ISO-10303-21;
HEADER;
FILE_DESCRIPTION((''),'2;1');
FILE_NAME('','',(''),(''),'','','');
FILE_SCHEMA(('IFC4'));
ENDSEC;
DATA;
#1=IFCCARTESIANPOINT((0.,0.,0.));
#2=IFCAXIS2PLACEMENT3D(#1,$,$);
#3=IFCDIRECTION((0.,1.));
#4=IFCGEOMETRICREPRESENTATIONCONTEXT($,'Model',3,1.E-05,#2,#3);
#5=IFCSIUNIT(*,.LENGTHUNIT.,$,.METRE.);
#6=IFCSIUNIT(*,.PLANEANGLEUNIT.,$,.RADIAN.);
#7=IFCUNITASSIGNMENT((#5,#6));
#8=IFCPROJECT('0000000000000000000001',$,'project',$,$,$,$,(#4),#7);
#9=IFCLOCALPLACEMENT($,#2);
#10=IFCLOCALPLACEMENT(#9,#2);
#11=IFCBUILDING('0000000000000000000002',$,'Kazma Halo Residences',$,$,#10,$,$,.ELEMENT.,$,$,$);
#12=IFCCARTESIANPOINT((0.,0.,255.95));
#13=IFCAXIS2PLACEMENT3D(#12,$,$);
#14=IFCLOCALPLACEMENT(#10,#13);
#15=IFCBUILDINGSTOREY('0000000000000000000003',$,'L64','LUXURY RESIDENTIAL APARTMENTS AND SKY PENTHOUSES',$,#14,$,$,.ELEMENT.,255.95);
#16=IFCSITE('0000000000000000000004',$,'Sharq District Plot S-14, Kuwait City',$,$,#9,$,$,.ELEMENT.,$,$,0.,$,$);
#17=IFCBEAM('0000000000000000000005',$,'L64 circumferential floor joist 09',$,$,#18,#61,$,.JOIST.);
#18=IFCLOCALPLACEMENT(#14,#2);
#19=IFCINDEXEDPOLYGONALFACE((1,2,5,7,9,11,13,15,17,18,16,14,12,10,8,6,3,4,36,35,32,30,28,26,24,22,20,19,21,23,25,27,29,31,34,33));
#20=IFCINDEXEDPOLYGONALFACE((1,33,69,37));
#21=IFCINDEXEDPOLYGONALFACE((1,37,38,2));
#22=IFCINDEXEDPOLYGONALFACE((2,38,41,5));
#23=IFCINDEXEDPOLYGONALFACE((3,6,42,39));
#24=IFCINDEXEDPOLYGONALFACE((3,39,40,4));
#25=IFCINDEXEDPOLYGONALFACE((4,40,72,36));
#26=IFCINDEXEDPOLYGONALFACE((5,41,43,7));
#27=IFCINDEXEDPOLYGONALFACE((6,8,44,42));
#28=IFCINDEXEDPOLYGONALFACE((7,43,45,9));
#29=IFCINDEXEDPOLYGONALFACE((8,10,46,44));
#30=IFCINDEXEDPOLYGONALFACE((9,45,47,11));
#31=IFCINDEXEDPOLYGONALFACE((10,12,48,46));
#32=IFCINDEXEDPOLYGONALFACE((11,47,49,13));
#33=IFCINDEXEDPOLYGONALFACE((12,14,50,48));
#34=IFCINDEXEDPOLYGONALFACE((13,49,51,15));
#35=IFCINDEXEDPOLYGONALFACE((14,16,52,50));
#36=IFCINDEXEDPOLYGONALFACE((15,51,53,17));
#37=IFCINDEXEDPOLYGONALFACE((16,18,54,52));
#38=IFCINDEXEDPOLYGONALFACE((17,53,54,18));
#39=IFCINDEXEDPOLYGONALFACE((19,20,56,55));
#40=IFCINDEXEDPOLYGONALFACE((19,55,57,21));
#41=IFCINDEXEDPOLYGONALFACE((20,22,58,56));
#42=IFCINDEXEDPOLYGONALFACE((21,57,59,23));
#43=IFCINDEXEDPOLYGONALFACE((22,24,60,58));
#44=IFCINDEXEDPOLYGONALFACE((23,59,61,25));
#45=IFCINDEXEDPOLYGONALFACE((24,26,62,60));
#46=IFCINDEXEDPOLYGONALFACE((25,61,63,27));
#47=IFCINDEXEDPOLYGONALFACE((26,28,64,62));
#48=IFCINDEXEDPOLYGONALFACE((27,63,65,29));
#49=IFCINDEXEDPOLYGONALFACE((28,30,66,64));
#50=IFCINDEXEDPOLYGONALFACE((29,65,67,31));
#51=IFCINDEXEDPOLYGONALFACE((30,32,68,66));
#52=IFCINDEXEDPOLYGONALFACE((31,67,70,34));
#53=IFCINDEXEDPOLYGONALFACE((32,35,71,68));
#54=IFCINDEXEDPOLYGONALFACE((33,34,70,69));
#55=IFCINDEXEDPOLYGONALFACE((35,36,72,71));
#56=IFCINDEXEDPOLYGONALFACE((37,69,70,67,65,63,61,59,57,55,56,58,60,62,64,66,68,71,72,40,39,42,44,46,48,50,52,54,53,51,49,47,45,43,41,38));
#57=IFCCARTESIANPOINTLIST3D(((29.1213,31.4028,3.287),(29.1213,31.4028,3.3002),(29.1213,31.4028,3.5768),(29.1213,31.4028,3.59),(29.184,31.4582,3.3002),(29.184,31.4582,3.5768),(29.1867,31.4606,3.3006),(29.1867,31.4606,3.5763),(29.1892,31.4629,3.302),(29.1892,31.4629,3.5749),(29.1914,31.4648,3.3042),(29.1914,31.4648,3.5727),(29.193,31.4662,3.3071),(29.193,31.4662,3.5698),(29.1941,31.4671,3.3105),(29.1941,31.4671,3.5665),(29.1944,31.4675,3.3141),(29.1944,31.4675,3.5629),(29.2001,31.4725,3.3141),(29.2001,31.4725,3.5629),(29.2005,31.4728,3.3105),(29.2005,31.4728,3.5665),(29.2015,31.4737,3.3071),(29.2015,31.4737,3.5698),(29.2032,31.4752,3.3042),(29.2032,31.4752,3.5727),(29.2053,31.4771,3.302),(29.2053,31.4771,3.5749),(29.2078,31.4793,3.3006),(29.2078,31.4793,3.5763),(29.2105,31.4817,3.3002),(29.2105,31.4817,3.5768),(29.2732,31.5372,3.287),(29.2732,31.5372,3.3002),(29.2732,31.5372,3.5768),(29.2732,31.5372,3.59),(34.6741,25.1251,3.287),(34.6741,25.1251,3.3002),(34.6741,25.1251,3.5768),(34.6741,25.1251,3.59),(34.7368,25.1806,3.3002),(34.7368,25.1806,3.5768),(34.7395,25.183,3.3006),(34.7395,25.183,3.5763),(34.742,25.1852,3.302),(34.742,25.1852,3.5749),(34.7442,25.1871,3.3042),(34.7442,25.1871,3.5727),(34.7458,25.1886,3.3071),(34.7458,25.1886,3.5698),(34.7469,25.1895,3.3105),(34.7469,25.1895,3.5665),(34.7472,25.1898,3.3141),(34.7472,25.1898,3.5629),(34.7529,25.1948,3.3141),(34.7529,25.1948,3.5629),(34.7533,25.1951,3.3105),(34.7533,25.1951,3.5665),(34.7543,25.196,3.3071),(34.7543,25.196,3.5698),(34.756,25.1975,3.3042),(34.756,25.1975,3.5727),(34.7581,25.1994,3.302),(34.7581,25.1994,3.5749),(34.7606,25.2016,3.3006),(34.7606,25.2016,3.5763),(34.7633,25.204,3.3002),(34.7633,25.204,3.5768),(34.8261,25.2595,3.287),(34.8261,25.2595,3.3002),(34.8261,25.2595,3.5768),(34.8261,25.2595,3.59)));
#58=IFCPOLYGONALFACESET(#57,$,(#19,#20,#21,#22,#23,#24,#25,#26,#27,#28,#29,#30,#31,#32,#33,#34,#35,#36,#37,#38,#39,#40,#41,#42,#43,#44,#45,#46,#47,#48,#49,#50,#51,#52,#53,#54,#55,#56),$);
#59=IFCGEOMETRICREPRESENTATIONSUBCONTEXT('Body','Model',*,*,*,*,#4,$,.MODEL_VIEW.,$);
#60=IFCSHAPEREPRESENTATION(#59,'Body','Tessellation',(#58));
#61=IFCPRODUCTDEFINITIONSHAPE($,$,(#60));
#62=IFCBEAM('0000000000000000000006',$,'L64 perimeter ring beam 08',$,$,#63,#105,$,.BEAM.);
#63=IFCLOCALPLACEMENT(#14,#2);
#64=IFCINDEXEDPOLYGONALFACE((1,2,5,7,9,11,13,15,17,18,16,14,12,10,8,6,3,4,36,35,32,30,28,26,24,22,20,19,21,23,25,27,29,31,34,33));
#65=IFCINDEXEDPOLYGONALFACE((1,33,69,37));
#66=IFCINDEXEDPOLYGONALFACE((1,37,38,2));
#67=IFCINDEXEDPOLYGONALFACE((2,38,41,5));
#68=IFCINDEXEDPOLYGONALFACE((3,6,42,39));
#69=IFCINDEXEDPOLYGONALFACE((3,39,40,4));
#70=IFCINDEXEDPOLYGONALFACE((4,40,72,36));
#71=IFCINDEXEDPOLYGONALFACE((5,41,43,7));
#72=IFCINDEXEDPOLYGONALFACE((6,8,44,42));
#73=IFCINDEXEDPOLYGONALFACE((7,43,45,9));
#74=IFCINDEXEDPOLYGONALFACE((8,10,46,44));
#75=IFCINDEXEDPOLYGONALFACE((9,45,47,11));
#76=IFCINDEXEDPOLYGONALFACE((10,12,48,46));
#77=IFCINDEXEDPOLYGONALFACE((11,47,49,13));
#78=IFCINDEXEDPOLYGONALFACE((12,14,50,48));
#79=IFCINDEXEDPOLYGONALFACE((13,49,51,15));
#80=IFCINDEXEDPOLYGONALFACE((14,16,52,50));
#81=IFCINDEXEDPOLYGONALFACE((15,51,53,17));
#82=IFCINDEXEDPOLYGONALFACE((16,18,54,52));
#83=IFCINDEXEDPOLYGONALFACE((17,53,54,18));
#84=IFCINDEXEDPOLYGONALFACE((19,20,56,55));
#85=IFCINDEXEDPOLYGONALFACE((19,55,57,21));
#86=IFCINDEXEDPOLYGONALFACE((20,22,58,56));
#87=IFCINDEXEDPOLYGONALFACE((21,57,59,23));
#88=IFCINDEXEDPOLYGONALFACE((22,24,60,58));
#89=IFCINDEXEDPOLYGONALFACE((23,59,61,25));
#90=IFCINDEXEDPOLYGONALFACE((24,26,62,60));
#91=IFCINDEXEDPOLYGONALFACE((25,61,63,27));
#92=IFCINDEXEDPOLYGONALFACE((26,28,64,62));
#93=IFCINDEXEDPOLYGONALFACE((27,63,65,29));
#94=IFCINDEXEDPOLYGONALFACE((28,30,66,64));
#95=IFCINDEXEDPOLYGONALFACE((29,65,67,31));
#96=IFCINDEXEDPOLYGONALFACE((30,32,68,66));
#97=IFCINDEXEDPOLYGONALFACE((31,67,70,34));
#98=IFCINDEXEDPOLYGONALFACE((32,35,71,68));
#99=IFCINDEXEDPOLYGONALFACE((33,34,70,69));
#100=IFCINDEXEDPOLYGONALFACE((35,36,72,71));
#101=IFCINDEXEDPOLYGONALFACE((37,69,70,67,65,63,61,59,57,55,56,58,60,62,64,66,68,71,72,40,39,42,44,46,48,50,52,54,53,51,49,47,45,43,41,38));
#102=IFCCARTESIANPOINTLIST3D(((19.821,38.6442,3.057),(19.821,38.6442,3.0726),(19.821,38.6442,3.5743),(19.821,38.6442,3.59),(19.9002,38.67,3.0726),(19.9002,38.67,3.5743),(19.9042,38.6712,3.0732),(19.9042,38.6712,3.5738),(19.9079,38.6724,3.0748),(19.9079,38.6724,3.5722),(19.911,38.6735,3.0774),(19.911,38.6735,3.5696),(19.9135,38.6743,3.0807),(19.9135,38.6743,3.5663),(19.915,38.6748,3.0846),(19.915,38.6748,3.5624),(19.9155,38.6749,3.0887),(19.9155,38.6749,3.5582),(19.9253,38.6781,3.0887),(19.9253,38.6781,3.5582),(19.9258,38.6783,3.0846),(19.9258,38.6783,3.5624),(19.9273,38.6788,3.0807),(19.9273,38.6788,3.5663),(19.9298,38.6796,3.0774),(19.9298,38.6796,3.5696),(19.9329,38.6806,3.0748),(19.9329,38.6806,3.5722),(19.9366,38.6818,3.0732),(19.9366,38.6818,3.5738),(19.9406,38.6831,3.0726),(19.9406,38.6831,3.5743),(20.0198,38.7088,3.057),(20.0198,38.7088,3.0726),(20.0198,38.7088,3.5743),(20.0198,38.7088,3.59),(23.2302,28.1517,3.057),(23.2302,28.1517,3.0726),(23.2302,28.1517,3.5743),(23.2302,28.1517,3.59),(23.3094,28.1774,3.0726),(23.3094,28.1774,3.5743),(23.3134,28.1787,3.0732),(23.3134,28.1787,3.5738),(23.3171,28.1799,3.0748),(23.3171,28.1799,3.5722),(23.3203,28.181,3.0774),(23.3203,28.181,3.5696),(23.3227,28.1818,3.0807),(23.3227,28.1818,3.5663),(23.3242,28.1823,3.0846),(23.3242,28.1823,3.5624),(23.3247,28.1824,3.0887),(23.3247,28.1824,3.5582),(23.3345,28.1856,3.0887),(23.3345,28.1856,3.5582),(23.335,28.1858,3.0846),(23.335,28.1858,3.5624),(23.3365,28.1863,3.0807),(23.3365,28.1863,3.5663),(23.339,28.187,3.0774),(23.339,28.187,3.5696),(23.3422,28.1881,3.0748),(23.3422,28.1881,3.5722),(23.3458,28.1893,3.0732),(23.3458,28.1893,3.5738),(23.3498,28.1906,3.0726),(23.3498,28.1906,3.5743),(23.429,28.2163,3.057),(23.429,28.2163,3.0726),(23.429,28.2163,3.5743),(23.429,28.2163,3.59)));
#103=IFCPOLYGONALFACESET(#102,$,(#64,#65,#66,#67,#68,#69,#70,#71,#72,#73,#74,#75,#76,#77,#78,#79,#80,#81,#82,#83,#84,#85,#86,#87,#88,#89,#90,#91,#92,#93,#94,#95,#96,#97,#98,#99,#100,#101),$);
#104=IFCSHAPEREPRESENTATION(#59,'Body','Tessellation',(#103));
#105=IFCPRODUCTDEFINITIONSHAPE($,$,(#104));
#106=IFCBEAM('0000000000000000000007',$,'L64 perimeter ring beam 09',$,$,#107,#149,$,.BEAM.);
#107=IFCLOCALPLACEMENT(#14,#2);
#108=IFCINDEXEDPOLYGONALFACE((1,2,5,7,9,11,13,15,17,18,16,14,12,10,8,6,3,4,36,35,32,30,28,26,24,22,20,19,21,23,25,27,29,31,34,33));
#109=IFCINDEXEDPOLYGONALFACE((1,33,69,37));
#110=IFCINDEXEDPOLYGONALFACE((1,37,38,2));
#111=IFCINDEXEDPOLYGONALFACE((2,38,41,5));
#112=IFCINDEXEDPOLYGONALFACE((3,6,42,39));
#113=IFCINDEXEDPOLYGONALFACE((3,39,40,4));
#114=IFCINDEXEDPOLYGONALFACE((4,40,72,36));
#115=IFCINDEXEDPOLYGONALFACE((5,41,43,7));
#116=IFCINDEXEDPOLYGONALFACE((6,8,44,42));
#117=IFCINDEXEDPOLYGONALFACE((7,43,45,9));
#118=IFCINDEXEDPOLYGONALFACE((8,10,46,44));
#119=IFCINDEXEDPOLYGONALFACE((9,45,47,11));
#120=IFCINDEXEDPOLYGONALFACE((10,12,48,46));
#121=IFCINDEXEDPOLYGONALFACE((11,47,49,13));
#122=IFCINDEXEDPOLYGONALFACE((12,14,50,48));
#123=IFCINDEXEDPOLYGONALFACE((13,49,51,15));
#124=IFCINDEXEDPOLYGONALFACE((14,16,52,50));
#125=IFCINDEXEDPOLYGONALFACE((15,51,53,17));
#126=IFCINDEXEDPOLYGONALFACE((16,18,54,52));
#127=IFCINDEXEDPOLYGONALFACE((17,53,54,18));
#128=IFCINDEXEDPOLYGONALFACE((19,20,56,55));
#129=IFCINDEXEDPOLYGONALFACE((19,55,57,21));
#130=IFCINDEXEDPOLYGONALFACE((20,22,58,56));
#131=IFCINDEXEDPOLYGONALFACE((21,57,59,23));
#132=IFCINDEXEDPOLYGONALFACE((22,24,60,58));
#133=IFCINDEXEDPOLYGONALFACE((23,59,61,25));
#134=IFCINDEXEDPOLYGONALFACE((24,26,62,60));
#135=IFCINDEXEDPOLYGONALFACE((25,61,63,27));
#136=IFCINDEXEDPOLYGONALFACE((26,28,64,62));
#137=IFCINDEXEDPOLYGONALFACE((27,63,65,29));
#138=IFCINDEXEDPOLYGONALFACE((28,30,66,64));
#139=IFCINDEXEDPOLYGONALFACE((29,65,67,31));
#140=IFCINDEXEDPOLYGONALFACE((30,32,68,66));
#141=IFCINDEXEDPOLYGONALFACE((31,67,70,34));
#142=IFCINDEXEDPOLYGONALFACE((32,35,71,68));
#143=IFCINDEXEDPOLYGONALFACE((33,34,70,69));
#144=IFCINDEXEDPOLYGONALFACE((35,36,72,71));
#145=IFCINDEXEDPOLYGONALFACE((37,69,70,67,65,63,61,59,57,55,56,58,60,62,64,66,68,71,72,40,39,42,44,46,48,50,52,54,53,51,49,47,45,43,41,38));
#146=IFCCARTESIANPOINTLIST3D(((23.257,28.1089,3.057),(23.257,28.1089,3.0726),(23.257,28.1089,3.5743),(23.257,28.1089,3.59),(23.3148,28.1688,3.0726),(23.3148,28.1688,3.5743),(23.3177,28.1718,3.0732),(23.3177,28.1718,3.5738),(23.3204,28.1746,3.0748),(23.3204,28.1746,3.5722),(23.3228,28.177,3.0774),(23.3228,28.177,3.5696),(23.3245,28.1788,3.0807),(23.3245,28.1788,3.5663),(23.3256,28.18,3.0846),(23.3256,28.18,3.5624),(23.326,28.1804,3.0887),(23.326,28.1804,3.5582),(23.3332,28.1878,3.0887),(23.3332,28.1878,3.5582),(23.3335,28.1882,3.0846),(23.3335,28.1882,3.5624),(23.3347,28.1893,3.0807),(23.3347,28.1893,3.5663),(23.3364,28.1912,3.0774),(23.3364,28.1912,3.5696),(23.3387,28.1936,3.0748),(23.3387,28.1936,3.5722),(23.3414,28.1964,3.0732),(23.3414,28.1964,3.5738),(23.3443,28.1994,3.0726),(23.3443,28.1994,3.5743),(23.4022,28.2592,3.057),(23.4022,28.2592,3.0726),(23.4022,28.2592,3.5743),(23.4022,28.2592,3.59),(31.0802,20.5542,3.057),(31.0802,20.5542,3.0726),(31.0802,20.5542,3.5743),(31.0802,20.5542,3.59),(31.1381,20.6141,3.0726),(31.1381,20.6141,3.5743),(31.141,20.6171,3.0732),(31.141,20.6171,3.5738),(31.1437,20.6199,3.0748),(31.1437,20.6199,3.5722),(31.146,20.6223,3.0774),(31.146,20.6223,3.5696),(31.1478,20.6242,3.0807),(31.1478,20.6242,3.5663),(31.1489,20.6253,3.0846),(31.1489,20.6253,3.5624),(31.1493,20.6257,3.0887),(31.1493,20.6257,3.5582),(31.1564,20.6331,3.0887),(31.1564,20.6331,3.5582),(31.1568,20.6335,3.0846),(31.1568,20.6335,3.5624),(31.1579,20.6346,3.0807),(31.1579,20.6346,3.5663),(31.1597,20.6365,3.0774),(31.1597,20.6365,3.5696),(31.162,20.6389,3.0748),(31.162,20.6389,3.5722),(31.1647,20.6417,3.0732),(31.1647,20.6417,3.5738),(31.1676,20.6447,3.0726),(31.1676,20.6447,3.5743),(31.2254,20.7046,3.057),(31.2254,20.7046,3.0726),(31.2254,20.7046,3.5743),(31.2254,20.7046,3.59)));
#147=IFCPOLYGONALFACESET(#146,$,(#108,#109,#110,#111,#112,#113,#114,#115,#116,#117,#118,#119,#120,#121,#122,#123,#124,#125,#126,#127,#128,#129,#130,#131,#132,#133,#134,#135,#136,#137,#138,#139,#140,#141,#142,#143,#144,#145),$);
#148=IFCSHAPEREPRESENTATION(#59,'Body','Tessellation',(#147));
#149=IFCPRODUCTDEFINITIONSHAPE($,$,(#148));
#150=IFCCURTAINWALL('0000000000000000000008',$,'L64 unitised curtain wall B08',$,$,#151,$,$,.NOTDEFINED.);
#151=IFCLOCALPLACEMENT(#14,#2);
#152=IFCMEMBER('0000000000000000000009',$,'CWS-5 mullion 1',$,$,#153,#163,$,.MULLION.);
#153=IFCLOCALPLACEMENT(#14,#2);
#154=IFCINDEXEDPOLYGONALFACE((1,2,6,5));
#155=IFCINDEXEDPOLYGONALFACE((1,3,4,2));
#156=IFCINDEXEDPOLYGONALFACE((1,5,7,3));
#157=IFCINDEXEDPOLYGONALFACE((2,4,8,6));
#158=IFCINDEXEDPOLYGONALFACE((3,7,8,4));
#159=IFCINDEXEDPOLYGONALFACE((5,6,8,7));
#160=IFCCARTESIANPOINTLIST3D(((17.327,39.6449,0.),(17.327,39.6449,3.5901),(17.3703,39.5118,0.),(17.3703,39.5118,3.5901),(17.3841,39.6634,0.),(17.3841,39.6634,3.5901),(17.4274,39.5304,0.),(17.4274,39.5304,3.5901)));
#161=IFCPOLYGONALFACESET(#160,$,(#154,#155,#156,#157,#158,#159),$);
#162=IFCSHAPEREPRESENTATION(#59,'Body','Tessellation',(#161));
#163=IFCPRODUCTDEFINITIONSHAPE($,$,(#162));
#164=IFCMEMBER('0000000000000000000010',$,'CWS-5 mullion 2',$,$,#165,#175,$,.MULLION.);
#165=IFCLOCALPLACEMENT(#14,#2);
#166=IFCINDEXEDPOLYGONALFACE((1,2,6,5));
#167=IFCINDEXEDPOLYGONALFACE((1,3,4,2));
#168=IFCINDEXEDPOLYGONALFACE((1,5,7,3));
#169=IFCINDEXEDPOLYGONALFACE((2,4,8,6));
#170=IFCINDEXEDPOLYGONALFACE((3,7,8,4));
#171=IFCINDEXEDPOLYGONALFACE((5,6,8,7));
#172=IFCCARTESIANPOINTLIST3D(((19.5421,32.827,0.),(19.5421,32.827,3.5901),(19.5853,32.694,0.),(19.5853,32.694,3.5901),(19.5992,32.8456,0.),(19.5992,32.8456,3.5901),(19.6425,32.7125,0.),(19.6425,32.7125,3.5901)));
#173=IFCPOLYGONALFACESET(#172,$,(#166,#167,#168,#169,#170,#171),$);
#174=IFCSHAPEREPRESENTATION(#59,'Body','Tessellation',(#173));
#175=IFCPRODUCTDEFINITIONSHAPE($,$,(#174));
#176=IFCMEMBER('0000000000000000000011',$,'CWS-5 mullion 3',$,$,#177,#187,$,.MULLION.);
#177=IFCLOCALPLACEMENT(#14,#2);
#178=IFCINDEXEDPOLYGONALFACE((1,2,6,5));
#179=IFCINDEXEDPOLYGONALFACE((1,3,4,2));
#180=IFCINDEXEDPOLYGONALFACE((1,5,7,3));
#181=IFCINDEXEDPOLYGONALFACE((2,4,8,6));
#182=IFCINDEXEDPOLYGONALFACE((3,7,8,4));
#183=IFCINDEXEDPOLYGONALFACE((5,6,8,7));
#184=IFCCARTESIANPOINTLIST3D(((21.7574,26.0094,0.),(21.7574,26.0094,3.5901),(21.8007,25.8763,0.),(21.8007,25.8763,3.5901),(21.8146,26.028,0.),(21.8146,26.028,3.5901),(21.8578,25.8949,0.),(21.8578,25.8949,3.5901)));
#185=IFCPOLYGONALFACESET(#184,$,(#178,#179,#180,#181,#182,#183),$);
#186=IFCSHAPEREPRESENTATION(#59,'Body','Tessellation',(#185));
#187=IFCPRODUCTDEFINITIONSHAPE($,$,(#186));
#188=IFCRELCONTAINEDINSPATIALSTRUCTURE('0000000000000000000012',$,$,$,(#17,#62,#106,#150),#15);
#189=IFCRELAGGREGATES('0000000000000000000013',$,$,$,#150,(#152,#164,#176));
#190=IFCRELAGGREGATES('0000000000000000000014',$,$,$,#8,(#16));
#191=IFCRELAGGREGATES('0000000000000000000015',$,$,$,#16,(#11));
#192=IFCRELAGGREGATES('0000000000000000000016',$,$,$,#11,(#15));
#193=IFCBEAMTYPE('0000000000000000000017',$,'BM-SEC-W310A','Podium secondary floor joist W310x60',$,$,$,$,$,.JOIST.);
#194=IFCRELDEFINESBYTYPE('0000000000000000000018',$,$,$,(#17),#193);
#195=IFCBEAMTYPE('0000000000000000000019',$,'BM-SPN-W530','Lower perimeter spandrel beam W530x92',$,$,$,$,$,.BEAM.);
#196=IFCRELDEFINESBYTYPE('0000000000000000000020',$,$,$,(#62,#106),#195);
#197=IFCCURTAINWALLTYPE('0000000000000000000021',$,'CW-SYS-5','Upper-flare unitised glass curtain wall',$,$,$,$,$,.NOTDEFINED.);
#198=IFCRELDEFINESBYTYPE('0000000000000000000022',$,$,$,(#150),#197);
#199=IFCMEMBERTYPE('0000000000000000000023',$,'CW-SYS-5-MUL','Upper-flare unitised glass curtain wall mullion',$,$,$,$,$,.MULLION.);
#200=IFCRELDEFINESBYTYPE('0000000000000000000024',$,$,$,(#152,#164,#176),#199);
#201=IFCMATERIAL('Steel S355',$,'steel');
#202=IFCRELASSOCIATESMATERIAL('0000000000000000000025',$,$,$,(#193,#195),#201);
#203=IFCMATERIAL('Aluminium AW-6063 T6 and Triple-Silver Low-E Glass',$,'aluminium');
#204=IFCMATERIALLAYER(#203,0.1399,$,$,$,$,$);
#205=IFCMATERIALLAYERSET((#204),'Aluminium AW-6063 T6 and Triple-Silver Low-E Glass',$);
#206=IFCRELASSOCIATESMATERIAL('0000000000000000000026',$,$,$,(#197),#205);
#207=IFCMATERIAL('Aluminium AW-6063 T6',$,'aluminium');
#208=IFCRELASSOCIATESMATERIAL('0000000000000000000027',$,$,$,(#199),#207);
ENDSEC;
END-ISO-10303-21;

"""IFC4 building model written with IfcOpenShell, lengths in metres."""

from ifc_helpers import new_model, si_unit, direction, frame, origin, origin_2d, place, context, subcontext, project, spatial, rectangle, i_section, extrude, material, layer, layer_set, material_profile, profile_set, type_object, element, aggregate, save


model = new_model("IFC4")

# Units and contexts
model_context = context("Model", 3, precision=1e-05, world=origin(), true_north=direction((0.0, 1.0)))
body_context = subcontext(model_context, "Body", "Model", "MODEL_VIEW")
ifc_project = project(units=[si_unit("LENGTHUNIT", "METRE"), si_unit("PLANEANGLEUNIT", "RADIAN")], contexts=[model_context])

# Site, building, storey
site_placement = place(None, origin())
site = spatial("IfcSite", under=ifc_project, at=site_placement, Name="Sharq District Plot S-14, Kuwait City", CompositionType="ELEMENT", RefElevation=0.0)
building_placement = place(site_placement, origin())
building = spatial("IfcBuilding", under=site, at=building_placement, Name="Kazma Halo Residences", CompositionType="ELEMENT")
storey_placement = place(building_placement, frame((0.0, 0.0, 255.95)))
storey = spatial("IfcBuildingStorey", under=building, at=storey_placement, Name="L64", Description="LUXURY RESIDENTIAL APARTMENTS AND SKY PENTHOUSES", CompositionType="ELEMENT", Elevation=255.95)

# Beams
ifc_material_1 = material(Name="Steel S355", Category="steel")
ifc_material_profile_1 = material_profile(ifc_material_1, i_section(OverallWidth=0.2029, OverallDepth=0.303, WebThickness=0.0076, FlangeThickness=0.0132, FilletRadius=0.0139, at=origin_2d()), Name="W310x60")
ifc_profile_set_1 = profile_set([ifc_material_profile_1], Name="Steel S355")
beam_type_1 = type_object("IfcBeamType", Name="BM-SEC-W310A", Description="Podium secondary floor joist W310x60", PredefinedType="JOIST", material=ifc_profile_set_1)
beam_1_placement = place(storey_placement, frame((29.1973, 31.47, 3.4385), z_axis=(0.662539, -0.749027, 0.0), x_axis=(0.749027, 0.662539, 0.0)))
element("IfcBeam", 1, at=beam_1_placement, inside=storey, type_object=beam_type_1, Name="L64 circumferential floor joist 09", PredefinedType="JOIST", context=body_context, shape_type="SweptSolid", body=[
    extrude(i_section(OverallWidth=0.2029, OverallDepth=0.303, WebThickness=0.0076, FlangeThickness=0.0132, FilletRadius=0.0139, at=origin_2d()), origin(), (0.0, 0.0, 1.0), 8.3811),
])
ifc_material_profile_2 = material_profile(ifc_material_1, i_section(OverallWidth=0.209, OverallDepth=0.533, WebThickness=0.0103, FlangeThickness=0.0156, FilletRadius=0.0161, at=origin_2d()), Name="W530x92")
ifc_profile_set_2 = profile_set([ifc_material_profile_2], Name="Steel S355")
beam_type_2 = type_object("IfcBeamType", Name="BM-SPN-W530", Description="Lower perimeter spandrel beam W530x92", PredefinedType="BEAM", material=ifc_profile_set_2)
beam_2_placement = place(storey_placement, frame((19.9204, 38.6765, 3.3235), z_axis=(0.309016, -0.951057, 0.0), x_axis=(0.951057, 0.309016, 0.0)))
element("IfcBeam", 2, at=beam_2_placement, inside=storey, type_object=beam_type_2, Name="L64 perimeter ring beam 08", PredefinedType="BEAM", context=body_context, shape_type="SweptSolid", body=[
    extrude(i_section(OverallWidth=0.209, OverallDepth=0.533, WebThickness=0.0103, FlangeThickness=0.0156, FilletRadius=0.0161, at=origin_2d()), origin(), (0.0, 0.0, 1.0), 11.0325),
])
beam_3_placement = place(storey_placement, frame((23.3296, 28.1841, 3.3235), z_axis=(0.719346, -0.694652, 0.0), x_axis=(0.694652, 0.719346, 0.0)))
element("IfcBeam", 3, at=beam_3_placement, inside=storey, type_object=beam_type_2, Name="L64 perimeter ring beam 09", PredefinedType="BEAM", context=body_context, shape_type="SweptSolid", body=[
    extrude(i_section(OverallWidth=0.209, OverallDepth=0.533, WebThickness=0.0103, FlangeThickness=0.0156, FilletRadius=0.0161, at=origin_2d()), origin(), (0.0, 0.0, 1.0), 10.8755),
])

# Curtain wall, members
ifc_material_2 = material(Name="Aluminium AW-6063 T6 and Triple-Silver Low-E Glass", Category="aluminium")
ifc_layer_1 = layer(ifc_material_2, 0.1399)
ifc_layer_set_1 = layer_set([ifc_layer_1], Name="Aluminium AW-6063 T6 and Triple-Silver Low-E Glass")
curtain_wall_type = type_object("IfcCurtainWallType", Name="CW-SYS-5", Description="Upper-flare unitised glass curtain wall", PredefinedType="NOTDEFINED", material=ifc_layer_set_1)
curtain_wall_placement = place(storey_placement, origin())
curtain_wall = element("IfcCurtainWall", 4, at=curtain_wall_placement, inside=storey, type_object=curtain_wall_type, Name="L64 unitised curtain wall B08", PredefinedType="NOTDEFINED")
ifc_material_3 = material(Name="Aluminium AW-6063 T6", Category="aluminium")
ifc_material_profile_3 = material_profile(ifc_material_3, rectangle(XDim=0.0601, YDim=0.1399, at=origin_2d()), Name="CWM-60x140")
ifc_profile_set_3 = profile_set([ifc_material_profile_3], Name="Aluminium AW-6063 T6")
member_type_1 = type_object("IfcMemberType", Name="CW-SYS-5-MUL", Description="Upper-flare unitised glass curtain wall mullion", PredefinedType="MULLION", material=ifc_profile_set_3)
member_1_placement = place(storey_placement, frame((17.3772, 39.5876, 0.0), z_axis=(0.0, 0.0, 1.0), x_axis=(0.951058, 0.309011, 0.0)))
member_1 = element("IfcMember", 5, at=member_1_placement, type_object=member_type_1, Name="CWS-5 mullion 1", PredefinedType="MULLION", context=body_context, shape_type="SweptSolid", body=[
    extrude(rectangle(XDim=0.0601, YDim=0.1399, at=origin_2d()), origin(), (0.0, 0.0, 1.0), 3.5901),
])
member_2_placement = place(storey_placement, frame((19.5923, 32.7698, 0.0), z_axis=(0.0, 0.0, 1.0), x_axis=(0.951058, 0.309011, 0.0)))
member_2 = element("IfcMember", 6, at=member_2_placement, type_object=member_type_1, Name="CWS-5 mullion 2", PredefinedType="MULLION", context=body_context, shape_type="SweptSolid", body=[
    extrude(rectangle(XDim=0.0601, YDim=0.1399, at=origin_2d()), origin(), (0.0, 0.0, 1.0), 3.5901),
])
member_3_placement = place(storey_placement, frame((21.8076, 25.9521, 0.0), z_axis=(0.0, 0.0, 1.0), x_axis=(0.951058, 0.309011, 0.0)))
member_3 = element("IfcMember", 7, at=member_3_placement, type_object=member_type_1, Name="CWS-5 mullion 3", PredefinedType="MULLION", context=body_context, shape_type="SweptSolid", body=[
    extrude(rectangle(XDim=0.0601, YDim=0.1399, at=origin_2d()), origin(), (0.0, 0.0, 1.0), 3.5901),
])
aggregate(curtain_wall, [member_1, member_2, member_3])

save(model, "model.ifc")
